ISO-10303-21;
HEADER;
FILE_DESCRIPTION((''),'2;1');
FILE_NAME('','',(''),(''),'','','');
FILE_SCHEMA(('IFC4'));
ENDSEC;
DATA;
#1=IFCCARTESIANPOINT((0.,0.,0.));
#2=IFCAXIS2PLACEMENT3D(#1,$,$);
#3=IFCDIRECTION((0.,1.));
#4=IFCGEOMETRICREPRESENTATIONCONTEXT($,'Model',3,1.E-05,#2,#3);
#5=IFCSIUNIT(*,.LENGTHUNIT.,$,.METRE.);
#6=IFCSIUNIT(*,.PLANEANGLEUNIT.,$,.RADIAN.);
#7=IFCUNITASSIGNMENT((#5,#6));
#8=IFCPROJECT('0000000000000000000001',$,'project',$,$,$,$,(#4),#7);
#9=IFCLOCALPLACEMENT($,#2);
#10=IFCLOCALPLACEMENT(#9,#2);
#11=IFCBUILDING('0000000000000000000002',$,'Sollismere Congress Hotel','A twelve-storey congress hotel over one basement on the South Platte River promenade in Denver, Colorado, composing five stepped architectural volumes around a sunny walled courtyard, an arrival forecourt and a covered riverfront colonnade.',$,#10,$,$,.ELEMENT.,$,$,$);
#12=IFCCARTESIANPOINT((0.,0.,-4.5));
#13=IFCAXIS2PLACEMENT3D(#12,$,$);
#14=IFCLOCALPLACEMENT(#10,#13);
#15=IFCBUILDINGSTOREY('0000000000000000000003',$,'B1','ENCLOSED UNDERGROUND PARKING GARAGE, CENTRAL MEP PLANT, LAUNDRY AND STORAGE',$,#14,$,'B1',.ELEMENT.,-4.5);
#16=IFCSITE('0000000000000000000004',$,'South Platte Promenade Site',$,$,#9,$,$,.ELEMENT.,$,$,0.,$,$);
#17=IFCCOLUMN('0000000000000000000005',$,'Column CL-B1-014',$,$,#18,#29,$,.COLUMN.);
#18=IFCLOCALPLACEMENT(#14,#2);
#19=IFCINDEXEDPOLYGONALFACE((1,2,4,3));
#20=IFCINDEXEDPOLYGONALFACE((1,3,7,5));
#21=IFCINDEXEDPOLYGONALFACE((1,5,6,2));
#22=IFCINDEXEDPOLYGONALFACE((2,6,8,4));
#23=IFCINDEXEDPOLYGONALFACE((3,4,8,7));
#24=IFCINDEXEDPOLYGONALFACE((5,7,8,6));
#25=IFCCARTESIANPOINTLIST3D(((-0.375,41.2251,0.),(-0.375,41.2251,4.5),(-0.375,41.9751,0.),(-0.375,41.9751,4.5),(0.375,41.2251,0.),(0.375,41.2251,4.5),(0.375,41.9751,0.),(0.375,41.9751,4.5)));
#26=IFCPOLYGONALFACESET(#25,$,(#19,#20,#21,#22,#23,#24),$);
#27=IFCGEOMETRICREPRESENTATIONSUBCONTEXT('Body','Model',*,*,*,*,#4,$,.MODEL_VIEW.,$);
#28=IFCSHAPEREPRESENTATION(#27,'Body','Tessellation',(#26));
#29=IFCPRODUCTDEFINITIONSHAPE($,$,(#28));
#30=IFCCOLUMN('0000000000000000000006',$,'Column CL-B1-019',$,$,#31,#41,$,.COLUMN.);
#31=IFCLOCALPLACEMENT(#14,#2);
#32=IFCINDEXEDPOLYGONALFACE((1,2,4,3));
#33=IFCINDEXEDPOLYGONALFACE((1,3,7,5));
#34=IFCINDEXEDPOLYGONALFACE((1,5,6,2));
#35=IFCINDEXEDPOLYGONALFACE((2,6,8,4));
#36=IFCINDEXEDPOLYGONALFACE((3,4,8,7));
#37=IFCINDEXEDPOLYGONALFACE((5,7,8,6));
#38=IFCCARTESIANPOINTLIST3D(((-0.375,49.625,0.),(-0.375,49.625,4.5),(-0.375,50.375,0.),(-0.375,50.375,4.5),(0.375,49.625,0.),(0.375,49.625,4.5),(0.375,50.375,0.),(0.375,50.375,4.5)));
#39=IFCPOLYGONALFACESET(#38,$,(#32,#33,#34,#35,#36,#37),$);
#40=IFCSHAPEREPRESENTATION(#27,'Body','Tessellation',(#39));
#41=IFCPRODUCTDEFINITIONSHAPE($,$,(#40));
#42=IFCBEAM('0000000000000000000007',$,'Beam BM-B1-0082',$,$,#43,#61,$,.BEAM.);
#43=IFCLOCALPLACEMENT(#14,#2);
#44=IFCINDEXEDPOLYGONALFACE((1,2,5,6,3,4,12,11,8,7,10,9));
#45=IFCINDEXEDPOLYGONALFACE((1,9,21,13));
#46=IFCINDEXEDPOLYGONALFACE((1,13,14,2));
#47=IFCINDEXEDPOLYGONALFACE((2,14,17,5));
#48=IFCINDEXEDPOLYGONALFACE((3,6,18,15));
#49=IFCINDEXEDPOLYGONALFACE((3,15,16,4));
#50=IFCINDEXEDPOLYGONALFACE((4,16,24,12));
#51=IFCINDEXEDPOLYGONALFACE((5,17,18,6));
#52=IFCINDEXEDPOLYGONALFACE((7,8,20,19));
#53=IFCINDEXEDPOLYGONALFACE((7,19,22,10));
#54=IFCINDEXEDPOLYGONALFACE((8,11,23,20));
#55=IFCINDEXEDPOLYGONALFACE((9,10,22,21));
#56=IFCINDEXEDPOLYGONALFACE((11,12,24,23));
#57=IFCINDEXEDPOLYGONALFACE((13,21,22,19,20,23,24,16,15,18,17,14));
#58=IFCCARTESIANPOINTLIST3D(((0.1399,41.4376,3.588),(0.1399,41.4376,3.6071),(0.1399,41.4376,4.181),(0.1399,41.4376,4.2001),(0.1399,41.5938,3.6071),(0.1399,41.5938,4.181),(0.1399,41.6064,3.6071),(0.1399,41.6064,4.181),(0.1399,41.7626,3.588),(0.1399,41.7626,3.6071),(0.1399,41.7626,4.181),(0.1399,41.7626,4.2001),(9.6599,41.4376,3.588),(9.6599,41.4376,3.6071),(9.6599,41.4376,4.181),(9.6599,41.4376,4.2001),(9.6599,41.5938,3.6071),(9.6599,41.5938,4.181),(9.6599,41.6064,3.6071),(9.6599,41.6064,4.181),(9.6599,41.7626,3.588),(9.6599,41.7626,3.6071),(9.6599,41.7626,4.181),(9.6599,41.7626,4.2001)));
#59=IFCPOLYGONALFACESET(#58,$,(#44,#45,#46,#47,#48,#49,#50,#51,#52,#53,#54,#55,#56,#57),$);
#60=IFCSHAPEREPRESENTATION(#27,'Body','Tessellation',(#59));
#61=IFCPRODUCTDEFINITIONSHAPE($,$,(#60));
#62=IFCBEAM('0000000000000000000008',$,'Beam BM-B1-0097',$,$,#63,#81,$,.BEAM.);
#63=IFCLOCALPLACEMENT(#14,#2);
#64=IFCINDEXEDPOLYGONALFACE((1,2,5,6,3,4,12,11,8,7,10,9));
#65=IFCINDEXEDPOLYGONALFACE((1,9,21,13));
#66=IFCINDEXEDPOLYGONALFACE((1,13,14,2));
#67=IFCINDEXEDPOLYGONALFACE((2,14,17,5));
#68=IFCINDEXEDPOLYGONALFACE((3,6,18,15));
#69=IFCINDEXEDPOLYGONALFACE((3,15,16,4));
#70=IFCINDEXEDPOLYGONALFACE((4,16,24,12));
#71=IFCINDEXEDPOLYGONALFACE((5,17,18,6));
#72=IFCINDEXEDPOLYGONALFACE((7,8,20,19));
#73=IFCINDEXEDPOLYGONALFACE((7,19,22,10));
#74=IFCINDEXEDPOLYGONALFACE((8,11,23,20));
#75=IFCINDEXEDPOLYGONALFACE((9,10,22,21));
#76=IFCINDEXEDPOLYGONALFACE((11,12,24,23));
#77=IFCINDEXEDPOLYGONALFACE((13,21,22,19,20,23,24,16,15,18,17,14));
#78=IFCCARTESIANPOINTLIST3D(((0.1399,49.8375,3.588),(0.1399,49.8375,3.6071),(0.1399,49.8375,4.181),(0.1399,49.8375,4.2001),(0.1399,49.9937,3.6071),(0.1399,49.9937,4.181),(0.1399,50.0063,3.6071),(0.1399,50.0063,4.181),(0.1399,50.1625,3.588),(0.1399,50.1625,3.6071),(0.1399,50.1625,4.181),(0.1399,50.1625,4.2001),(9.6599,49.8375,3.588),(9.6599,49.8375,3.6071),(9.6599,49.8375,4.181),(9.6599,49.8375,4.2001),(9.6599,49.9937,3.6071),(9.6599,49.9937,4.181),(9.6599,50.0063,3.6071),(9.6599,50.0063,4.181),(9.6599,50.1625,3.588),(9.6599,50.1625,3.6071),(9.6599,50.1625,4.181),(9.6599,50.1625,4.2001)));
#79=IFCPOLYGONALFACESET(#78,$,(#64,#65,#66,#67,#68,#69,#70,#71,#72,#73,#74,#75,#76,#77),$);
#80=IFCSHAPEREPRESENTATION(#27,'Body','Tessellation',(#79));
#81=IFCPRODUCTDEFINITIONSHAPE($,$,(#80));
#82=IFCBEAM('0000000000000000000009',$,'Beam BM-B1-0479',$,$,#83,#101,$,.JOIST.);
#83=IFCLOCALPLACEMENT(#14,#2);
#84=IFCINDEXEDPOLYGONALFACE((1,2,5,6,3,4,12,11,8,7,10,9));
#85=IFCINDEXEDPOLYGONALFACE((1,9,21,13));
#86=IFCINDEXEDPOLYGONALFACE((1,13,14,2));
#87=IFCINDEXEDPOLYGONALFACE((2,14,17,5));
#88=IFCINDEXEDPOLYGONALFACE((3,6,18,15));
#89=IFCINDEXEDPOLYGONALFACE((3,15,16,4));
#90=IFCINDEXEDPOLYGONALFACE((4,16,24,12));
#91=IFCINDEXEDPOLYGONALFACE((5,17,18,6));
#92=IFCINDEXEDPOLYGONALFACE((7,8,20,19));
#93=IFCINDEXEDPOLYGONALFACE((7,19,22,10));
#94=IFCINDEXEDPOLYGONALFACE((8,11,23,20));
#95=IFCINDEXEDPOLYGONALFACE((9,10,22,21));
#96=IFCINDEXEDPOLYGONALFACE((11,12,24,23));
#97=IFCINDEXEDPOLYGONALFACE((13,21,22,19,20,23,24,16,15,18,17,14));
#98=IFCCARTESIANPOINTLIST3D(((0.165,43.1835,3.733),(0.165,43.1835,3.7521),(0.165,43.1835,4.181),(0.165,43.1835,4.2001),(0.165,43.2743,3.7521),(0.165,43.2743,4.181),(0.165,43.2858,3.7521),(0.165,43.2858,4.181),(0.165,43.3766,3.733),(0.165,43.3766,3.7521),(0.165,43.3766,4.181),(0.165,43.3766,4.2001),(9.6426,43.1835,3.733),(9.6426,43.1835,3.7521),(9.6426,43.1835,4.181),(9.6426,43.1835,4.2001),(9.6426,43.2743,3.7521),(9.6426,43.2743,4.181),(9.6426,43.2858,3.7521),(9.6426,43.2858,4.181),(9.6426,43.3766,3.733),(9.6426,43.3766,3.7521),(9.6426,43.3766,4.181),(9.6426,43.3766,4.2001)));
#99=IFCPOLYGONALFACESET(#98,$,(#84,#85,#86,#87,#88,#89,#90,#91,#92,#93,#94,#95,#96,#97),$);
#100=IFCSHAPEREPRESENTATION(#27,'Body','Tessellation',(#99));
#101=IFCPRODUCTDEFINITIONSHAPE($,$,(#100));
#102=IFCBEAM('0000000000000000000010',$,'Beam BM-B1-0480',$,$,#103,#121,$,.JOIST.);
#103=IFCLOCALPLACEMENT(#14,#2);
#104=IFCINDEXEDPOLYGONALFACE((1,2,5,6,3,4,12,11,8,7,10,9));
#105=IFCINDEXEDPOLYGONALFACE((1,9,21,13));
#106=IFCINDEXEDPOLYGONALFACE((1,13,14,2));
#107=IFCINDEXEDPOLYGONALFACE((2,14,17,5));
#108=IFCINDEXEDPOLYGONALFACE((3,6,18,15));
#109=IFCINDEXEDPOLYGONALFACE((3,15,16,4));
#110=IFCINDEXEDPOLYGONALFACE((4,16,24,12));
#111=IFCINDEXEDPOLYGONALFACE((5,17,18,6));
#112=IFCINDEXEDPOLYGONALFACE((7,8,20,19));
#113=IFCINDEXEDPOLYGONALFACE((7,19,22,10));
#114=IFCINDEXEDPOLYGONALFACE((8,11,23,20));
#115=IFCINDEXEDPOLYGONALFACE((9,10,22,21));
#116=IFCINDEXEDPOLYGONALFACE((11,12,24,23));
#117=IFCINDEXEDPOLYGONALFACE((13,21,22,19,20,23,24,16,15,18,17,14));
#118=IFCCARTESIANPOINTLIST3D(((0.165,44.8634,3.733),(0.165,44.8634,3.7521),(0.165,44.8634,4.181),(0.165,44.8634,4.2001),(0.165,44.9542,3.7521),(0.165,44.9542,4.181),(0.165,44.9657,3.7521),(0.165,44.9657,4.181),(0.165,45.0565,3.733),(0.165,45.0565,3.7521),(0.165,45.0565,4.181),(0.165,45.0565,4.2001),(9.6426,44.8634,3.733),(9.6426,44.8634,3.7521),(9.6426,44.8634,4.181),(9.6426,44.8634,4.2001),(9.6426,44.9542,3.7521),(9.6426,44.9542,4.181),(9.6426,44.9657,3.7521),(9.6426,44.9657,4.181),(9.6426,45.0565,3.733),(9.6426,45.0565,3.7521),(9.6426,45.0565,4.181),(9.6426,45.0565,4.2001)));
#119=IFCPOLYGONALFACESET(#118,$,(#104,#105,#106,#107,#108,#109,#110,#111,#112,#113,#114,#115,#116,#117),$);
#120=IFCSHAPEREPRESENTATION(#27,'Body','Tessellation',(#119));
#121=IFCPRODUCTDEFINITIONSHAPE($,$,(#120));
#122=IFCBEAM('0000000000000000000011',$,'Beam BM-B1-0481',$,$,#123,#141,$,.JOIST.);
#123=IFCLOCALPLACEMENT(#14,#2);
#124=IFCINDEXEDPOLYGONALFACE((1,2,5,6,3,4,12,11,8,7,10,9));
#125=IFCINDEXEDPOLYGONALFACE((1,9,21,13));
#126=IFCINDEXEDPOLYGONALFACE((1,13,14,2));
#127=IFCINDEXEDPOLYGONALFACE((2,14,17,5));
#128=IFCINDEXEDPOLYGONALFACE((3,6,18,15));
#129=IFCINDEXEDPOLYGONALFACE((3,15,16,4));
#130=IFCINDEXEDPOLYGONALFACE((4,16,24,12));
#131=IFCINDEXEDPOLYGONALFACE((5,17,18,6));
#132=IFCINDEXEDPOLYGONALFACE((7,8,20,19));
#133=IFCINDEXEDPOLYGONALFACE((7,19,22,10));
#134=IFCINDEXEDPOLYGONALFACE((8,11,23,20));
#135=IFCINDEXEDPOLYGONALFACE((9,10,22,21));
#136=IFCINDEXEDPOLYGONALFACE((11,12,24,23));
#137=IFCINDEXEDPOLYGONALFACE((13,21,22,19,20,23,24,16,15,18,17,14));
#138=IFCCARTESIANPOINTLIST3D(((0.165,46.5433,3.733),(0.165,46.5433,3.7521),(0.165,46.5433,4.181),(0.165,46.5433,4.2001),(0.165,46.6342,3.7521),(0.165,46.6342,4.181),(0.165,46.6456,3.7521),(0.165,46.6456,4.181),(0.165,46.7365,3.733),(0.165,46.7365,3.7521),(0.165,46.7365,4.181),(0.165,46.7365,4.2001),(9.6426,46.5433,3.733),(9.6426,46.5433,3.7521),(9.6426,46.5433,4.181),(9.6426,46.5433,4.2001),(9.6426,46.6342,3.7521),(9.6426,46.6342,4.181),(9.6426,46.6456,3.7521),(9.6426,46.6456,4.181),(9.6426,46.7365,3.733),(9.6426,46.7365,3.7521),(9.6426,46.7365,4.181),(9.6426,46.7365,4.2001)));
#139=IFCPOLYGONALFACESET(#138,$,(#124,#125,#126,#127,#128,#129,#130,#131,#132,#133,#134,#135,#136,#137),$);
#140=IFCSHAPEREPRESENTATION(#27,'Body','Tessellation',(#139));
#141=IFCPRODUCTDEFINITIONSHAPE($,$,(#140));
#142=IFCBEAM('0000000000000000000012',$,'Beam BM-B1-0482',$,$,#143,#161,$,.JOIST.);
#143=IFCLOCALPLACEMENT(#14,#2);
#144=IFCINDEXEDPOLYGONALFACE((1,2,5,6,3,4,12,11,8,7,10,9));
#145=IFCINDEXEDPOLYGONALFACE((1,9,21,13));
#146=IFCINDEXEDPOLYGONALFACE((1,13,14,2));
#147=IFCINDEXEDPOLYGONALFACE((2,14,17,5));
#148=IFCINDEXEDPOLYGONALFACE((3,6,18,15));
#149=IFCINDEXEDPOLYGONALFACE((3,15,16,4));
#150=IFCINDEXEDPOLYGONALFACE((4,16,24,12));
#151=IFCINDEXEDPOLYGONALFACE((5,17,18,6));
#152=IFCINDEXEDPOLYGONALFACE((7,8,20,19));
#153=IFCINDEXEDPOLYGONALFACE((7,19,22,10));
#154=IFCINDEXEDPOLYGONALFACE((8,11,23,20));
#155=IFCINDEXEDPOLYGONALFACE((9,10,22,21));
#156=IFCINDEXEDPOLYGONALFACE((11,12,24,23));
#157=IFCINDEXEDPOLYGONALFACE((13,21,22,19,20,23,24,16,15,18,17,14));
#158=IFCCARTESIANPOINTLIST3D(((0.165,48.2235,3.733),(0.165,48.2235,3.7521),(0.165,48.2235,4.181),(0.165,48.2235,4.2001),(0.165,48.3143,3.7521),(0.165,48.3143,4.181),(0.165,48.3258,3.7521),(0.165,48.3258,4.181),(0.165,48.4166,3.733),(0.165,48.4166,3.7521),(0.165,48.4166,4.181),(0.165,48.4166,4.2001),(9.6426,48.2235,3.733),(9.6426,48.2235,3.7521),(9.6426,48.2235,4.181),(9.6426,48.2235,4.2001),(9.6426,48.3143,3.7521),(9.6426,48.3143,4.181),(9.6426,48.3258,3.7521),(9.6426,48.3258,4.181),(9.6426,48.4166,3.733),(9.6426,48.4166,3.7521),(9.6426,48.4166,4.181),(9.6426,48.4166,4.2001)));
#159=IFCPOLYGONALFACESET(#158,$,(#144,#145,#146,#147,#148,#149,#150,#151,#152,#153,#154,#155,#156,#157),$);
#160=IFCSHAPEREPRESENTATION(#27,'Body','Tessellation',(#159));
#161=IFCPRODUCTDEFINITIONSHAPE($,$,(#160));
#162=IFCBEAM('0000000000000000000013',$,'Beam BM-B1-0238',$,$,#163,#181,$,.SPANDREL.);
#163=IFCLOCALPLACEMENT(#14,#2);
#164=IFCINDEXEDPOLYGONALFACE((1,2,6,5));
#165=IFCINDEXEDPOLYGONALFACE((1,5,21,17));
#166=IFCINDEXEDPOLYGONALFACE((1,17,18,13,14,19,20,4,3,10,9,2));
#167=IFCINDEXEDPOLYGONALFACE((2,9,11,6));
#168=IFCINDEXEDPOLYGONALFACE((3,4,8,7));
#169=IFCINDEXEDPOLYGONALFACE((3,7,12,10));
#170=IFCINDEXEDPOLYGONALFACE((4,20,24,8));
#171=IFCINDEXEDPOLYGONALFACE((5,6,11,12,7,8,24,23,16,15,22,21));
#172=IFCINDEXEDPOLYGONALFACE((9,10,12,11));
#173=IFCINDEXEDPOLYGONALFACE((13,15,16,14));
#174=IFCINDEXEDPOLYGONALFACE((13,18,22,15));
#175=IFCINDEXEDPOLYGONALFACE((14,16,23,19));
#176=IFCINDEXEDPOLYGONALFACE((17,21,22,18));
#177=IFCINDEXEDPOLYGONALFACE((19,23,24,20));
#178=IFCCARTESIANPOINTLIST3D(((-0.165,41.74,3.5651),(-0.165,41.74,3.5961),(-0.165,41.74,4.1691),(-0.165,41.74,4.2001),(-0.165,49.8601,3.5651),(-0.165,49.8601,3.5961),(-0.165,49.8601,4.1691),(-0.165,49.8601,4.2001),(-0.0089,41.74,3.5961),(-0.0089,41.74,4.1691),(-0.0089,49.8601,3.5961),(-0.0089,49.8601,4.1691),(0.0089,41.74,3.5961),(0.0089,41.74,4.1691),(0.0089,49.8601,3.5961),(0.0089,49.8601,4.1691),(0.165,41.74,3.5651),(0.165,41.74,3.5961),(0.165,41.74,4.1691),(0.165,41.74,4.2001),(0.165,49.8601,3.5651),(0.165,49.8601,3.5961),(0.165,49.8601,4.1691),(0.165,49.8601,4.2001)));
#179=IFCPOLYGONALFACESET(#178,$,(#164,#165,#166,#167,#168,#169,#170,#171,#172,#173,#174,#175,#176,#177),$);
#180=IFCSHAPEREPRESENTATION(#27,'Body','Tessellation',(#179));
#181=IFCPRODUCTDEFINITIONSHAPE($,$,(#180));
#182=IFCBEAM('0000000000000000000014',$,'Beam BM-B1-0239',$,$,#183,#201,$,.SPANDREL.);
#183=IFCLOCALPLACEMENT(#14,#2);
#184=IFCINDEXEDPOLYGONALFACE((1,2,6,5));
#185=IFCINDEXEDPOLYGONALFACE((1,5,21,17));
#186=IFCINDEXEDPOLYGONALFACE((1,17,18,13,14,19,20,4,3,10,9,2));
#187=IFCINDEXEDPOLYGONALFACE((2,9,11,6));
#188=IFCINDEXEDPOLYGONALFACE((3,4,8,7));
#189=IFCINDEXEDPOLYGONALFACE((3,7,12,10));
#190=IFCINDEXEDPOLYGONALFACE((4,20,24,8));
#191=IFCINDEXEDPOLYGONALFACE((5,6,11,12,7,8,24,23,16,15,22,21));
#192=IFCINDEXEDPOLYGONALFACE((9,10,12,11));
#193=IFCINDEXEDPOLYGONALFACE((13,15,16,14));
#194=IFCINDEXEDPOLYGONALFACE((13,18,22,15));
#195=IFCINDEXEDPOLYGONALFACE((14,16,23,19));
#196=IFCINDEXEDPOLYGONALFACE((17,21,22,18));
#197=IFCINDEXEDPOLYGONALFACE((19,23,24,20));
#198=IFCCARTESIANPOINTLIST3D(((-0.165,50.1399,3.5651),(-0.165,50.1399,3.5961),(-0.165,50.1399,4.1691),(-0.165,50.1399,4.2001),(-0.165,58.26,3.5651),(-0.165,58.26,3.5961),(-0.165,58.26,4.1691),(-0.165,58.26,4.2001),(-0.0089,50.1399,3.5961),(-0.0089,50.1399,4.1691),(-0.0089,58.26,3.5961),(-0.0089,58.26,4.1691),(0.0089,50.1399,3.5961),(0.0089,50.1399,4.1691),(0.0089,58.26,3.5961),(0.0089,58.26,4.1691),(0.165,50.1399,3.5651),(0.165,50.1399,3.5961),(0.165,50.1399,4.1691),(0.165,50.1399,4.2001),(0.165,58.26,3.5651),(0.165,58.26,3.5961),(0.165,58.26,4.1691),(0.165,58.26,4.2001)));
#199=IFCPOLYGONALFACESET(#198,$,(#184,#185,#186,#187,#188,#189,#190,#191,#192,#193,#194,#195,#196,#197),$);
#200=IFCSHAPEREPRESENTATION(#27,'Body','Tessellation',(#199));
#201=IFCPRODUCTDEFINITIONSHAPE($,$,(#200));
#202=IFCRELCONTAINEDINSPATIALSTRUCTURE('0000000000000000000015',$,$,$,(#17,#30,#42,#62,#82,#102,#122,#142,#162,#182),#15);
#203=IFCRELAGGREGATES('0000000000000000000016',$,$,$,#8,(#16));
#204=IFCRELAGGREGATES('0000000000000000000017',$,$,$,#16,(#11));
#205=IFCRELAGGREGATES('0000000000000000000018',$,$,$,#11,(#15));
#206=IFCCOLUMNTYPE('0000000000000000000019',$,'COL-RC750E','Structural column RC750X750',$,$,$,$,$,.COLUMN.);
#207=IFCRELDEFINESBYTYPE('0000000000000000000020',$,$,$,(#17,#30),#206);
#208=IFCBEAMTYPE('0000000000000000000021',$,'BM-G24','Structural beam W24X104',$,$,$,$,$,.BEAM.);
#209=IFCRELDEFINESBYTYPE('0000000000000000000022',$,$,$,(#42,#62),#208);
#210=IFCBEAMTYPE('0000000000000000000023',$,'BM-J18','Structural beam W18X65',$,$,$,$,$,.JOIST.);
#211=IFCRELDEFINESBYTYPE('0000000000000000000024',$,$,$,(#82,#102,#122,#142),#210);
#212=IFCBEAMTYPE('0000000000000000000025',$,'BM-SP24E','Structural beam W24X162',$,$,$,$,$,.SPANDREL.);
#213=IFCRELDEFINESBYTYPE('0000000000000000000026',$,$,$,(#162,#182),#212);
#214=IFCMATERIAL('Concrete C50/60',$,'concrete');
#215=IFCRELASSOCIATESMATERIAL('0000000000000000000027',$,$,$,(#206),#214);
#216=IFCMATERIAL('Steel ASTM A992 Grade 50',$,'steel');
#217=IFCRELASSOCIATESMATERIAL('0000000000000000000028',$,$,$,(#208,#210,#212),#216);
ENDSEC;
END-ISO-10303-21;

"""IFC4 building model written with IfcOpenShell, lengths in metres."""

from ifc_helpers import new_model, si_unit, direction, frame, origin, origin_2d, place, context, subcontext, project, spatial, rectangle, i_section, extrude, material, material_profile, profile_set, type_object, element, save


model = new_model("IFC4")

# Units and contexts
model_context = context("Model", 3, precision=1e-05, world=origin(), true_north=direction((0.0, 1.0)))
body_context = subcontext(model_context, "Body", "Model", "MODEL_VIEW")
ifc_project = project(units=[si_unit("LENGTHUNIT", "METRE"), si_unit("PLANEANGLEUNIT", "RADIAN")], contexts=[model_context])

# Site, building, storey
site_placement = place(None, origin())
site = spatial("IfcSite", under=ifc_project, at=site_placement, Name="South Platte Promenade Site", CompositionType="ELEMENT", RefElevation=0.0)
building_placement = place(site_placement, origin())
building = spatial("IfcBuilding", under=site, at=building_placement, Name="Sollismere Congress Hotel", Description="A twelve-storey congress hotel over one basement on the South Platte River promenade in Denver, Colorado, composing five stepped architectural volumes around a sunny walled courtyard, an arrival forecourt and a covered riverfront colonnade.", CompositionType="ELEMENT")
storey_placement = place(building_placement, frame((0.0, 0.0, -4.5)))
storey = spatial("IfcBuildingStorey", under=building, at=storey_placement, Name="B1", Description="ENCLOSED UNDERGROUND PARKING GARAGE, CENTRAL MEP PLANT, LAUNDRY AND STORAGE", LongName="B1", CompositionType="ELEMENT", Elevation=-4.5)

# Columns
ifc_material_1 = material(Name="Concrete C50/60", Category="concrete")
ifc_material_profile_1 = material_profile(ifc_material_1, rectangle(XDim=0.75, YDim=0.75, at=origin_2d()), Name="RC750X750")
ifc_profile_set_1 = profile_set([ifc_material_profile_1], Name="Concrete C50/60")
column_type = type_object("IfcColumnType", Name="COL-RC750E", Description="Structural column RC750X750", PredefinedType="COLUMN", material=ifc_profile_set_1)
for number, where, z_axis, x_axis, name in (
    (1, (0.0, 41.6001, 0.0), (0.0, 0.0, 1.0), (1.0, 0.0, 0.0), "Column CL-B1-014"),
    (2, (0.0, 50.0, 0.0), (0.0, 0.0, 1.0), (1.0, 0.0, 0.0), "Column CL-B1-019"),
):
    element("IfcColumn", number, at=place(storey_placement, frame(where, z_axis=z_axis, x_axis=x_axis)), inside=storey, type_object=column_type, Name=name, PredefinedType="COLUMN", context=body_context, shape_type="SweptSolid", body=[
        extrude(rectangle(XDim=0.75, YDim=0.75, at=origin_2d()), origin(), (0.0, 0.0, 1.0), 4.5),
    ])

# Beams
ifc_material_2 = material(Name="Steel ASTM A992 Grade 50", Category="steel")
ifc_material_profile_2 = material_profile(ifc_material_2, i_section(OverallWidth=0.325, OverallDepth=0.6121, WebThickness=0.0127, FlangeThickness=0.019, at=origin_2d()), Name="W24X104")
ifc_profile_set_2 = profile_set([ifc_material_profile_2], Name="Steel ASTM A992 Grade 50")
beam_type_1 = type_object("IfcBeamType", Name="BM-G24", Description="Structural beam W24X104", PredefinedType="BEAM", material=ifc_profile_set_2)
for number, where, z_axis, x_axis, name in (
    (3, (0.1399, 41.6001, 3.894), (1.0, 0.0, 0.0), (0.0, 1.0, 0.0), "Beam BM-B1-0082"),
    (4, (0.1399, 50.0, 3.894), (1.0, 0.0, 0.0), (0.0, 1.0, 0.0), "Beam BM-B1-0097"),
):
    element("IfcBeam", number, at=place(storey_placement, frame(where, z_axis=z_axis, x_axis=x_axis)), inside=storey, type_object=beam_type_1, Name=name, PredefinedType="BEAM", context=body_context, shape_type="SweptSolid", body=[
        extrude(i_section(OverallWidth=0.325, OverallDepth=0.6121, WebThickness=0.0127, FlangeThickness=0.019, at=origin_2d()), origin(), (0.0, 0.0, 1.0), 9.52),
    ])
ifc_material_profile_3 = material_profile(ifc_material_2, i_section(OverallWidth=0.1931, OverallDepth=0.467, WebThickness=0.0115, FlangeThickness=0.019, at=origin_2d()), Name="W18X65")
ifc_profile_set_3 = profile_set([ifc_material_profile_3], Name="Steel ASTM A992 Grade 50")
beam_type_2 = type_object("IfcBeamType", Name="BM-J18", Description="Structural beam W18X65", PredefinedType="JOIST", material=ifc_profile_set_3)
for number, where, z_axis, x_axis, name in (
    (5, (0.165, 43.28, 3.9666), (1.0, 0.0, 0.0), (0.0, 1.0, 0.0), "Beam BM-B1-0479"),
    (6, (0.165, 44.96, 3.9666), (1.0, 0.0, 0.0), (0.0, 1.0, 0.0), "Beam BM-B1-0480"),
    (7, (0.165, 46.6399, 3.9666), (1.0, 0.0, 0.0), (0.0, 1.0, 0.0), "Beam BM-B1-0481"),
    (8, (0.165, 48.3201, 3.9666), (1.0, 0.0, 0.0), (0.0, 1.0, 0.0), "Beam BM-B1-0482"),
):
    element("IfcBeam", number, at=place(storey_placement, frame(where, z_axis=z_axis, x_axis=x_axis)), inside=storey, type_object=beam_type_2, Name=name, PredefinedType="JOIST", context=body_context, shape_type="SweptSolid", body=[
        extrude(i_section(OverallWidth=0.1931, OverallDepth=0.467, WebThickness=0.0115, FlangeThickness=0.019, at=origin_2d()), origin(), (0.0, 0.0, 1.0), 9.4775),
    ])
ifc_material_profile_4 = material_profile(ifc_material_2, i_section(OverallWidth=0.3301, OverallDepth=0.635, WebThickness=0.0178, FlangeThickness=0.031, at=origin_2d()), Name="W24X162")
ifc_profile_set_4 = profile_set([ifc_material_profile_4], Name="Steel ASTM A992 Grade 50")
beam_type_3 = type_object("IfcBeamType", Name="BM-SP24E", Description="Structural beam W24X162", PredefinedType="SPANDREL", material=ifc_profile_set_4)
for number, where, z_axis, x_axis, name in (
    (9, (0.0, 41.74, 3.8826), (0.0, 1.0, 0.0), (-1.0, 0.0, 0.0), "Beam BM-B1-0238"),
    (10, (0.0, 50.1399, 3.8826), (0.0, 1.0, 0.0), (-1.0, 0.0, 0.0), "Beam BM-B1-0239"),
):
    element("IfcBeam", number, at=place(storey_placement, frame(where, z_axis=z_axis, x_axis=x_axis)), inside=storey, type_object=beam_type_3, Name=name, PredefinedType="SPANDREL", context=body_context, shape_type="SweptSolid", body=[
        extrude(i_section(OverallWidth=0.3301, OverallDepth=0.635, WebThickness=0.0178, FlangeThickness=0.031, at=origin_2d()), origin(), (0.0, 0.0, 1.0), 8.1201),
    ])

save(model, "model.ifc")
